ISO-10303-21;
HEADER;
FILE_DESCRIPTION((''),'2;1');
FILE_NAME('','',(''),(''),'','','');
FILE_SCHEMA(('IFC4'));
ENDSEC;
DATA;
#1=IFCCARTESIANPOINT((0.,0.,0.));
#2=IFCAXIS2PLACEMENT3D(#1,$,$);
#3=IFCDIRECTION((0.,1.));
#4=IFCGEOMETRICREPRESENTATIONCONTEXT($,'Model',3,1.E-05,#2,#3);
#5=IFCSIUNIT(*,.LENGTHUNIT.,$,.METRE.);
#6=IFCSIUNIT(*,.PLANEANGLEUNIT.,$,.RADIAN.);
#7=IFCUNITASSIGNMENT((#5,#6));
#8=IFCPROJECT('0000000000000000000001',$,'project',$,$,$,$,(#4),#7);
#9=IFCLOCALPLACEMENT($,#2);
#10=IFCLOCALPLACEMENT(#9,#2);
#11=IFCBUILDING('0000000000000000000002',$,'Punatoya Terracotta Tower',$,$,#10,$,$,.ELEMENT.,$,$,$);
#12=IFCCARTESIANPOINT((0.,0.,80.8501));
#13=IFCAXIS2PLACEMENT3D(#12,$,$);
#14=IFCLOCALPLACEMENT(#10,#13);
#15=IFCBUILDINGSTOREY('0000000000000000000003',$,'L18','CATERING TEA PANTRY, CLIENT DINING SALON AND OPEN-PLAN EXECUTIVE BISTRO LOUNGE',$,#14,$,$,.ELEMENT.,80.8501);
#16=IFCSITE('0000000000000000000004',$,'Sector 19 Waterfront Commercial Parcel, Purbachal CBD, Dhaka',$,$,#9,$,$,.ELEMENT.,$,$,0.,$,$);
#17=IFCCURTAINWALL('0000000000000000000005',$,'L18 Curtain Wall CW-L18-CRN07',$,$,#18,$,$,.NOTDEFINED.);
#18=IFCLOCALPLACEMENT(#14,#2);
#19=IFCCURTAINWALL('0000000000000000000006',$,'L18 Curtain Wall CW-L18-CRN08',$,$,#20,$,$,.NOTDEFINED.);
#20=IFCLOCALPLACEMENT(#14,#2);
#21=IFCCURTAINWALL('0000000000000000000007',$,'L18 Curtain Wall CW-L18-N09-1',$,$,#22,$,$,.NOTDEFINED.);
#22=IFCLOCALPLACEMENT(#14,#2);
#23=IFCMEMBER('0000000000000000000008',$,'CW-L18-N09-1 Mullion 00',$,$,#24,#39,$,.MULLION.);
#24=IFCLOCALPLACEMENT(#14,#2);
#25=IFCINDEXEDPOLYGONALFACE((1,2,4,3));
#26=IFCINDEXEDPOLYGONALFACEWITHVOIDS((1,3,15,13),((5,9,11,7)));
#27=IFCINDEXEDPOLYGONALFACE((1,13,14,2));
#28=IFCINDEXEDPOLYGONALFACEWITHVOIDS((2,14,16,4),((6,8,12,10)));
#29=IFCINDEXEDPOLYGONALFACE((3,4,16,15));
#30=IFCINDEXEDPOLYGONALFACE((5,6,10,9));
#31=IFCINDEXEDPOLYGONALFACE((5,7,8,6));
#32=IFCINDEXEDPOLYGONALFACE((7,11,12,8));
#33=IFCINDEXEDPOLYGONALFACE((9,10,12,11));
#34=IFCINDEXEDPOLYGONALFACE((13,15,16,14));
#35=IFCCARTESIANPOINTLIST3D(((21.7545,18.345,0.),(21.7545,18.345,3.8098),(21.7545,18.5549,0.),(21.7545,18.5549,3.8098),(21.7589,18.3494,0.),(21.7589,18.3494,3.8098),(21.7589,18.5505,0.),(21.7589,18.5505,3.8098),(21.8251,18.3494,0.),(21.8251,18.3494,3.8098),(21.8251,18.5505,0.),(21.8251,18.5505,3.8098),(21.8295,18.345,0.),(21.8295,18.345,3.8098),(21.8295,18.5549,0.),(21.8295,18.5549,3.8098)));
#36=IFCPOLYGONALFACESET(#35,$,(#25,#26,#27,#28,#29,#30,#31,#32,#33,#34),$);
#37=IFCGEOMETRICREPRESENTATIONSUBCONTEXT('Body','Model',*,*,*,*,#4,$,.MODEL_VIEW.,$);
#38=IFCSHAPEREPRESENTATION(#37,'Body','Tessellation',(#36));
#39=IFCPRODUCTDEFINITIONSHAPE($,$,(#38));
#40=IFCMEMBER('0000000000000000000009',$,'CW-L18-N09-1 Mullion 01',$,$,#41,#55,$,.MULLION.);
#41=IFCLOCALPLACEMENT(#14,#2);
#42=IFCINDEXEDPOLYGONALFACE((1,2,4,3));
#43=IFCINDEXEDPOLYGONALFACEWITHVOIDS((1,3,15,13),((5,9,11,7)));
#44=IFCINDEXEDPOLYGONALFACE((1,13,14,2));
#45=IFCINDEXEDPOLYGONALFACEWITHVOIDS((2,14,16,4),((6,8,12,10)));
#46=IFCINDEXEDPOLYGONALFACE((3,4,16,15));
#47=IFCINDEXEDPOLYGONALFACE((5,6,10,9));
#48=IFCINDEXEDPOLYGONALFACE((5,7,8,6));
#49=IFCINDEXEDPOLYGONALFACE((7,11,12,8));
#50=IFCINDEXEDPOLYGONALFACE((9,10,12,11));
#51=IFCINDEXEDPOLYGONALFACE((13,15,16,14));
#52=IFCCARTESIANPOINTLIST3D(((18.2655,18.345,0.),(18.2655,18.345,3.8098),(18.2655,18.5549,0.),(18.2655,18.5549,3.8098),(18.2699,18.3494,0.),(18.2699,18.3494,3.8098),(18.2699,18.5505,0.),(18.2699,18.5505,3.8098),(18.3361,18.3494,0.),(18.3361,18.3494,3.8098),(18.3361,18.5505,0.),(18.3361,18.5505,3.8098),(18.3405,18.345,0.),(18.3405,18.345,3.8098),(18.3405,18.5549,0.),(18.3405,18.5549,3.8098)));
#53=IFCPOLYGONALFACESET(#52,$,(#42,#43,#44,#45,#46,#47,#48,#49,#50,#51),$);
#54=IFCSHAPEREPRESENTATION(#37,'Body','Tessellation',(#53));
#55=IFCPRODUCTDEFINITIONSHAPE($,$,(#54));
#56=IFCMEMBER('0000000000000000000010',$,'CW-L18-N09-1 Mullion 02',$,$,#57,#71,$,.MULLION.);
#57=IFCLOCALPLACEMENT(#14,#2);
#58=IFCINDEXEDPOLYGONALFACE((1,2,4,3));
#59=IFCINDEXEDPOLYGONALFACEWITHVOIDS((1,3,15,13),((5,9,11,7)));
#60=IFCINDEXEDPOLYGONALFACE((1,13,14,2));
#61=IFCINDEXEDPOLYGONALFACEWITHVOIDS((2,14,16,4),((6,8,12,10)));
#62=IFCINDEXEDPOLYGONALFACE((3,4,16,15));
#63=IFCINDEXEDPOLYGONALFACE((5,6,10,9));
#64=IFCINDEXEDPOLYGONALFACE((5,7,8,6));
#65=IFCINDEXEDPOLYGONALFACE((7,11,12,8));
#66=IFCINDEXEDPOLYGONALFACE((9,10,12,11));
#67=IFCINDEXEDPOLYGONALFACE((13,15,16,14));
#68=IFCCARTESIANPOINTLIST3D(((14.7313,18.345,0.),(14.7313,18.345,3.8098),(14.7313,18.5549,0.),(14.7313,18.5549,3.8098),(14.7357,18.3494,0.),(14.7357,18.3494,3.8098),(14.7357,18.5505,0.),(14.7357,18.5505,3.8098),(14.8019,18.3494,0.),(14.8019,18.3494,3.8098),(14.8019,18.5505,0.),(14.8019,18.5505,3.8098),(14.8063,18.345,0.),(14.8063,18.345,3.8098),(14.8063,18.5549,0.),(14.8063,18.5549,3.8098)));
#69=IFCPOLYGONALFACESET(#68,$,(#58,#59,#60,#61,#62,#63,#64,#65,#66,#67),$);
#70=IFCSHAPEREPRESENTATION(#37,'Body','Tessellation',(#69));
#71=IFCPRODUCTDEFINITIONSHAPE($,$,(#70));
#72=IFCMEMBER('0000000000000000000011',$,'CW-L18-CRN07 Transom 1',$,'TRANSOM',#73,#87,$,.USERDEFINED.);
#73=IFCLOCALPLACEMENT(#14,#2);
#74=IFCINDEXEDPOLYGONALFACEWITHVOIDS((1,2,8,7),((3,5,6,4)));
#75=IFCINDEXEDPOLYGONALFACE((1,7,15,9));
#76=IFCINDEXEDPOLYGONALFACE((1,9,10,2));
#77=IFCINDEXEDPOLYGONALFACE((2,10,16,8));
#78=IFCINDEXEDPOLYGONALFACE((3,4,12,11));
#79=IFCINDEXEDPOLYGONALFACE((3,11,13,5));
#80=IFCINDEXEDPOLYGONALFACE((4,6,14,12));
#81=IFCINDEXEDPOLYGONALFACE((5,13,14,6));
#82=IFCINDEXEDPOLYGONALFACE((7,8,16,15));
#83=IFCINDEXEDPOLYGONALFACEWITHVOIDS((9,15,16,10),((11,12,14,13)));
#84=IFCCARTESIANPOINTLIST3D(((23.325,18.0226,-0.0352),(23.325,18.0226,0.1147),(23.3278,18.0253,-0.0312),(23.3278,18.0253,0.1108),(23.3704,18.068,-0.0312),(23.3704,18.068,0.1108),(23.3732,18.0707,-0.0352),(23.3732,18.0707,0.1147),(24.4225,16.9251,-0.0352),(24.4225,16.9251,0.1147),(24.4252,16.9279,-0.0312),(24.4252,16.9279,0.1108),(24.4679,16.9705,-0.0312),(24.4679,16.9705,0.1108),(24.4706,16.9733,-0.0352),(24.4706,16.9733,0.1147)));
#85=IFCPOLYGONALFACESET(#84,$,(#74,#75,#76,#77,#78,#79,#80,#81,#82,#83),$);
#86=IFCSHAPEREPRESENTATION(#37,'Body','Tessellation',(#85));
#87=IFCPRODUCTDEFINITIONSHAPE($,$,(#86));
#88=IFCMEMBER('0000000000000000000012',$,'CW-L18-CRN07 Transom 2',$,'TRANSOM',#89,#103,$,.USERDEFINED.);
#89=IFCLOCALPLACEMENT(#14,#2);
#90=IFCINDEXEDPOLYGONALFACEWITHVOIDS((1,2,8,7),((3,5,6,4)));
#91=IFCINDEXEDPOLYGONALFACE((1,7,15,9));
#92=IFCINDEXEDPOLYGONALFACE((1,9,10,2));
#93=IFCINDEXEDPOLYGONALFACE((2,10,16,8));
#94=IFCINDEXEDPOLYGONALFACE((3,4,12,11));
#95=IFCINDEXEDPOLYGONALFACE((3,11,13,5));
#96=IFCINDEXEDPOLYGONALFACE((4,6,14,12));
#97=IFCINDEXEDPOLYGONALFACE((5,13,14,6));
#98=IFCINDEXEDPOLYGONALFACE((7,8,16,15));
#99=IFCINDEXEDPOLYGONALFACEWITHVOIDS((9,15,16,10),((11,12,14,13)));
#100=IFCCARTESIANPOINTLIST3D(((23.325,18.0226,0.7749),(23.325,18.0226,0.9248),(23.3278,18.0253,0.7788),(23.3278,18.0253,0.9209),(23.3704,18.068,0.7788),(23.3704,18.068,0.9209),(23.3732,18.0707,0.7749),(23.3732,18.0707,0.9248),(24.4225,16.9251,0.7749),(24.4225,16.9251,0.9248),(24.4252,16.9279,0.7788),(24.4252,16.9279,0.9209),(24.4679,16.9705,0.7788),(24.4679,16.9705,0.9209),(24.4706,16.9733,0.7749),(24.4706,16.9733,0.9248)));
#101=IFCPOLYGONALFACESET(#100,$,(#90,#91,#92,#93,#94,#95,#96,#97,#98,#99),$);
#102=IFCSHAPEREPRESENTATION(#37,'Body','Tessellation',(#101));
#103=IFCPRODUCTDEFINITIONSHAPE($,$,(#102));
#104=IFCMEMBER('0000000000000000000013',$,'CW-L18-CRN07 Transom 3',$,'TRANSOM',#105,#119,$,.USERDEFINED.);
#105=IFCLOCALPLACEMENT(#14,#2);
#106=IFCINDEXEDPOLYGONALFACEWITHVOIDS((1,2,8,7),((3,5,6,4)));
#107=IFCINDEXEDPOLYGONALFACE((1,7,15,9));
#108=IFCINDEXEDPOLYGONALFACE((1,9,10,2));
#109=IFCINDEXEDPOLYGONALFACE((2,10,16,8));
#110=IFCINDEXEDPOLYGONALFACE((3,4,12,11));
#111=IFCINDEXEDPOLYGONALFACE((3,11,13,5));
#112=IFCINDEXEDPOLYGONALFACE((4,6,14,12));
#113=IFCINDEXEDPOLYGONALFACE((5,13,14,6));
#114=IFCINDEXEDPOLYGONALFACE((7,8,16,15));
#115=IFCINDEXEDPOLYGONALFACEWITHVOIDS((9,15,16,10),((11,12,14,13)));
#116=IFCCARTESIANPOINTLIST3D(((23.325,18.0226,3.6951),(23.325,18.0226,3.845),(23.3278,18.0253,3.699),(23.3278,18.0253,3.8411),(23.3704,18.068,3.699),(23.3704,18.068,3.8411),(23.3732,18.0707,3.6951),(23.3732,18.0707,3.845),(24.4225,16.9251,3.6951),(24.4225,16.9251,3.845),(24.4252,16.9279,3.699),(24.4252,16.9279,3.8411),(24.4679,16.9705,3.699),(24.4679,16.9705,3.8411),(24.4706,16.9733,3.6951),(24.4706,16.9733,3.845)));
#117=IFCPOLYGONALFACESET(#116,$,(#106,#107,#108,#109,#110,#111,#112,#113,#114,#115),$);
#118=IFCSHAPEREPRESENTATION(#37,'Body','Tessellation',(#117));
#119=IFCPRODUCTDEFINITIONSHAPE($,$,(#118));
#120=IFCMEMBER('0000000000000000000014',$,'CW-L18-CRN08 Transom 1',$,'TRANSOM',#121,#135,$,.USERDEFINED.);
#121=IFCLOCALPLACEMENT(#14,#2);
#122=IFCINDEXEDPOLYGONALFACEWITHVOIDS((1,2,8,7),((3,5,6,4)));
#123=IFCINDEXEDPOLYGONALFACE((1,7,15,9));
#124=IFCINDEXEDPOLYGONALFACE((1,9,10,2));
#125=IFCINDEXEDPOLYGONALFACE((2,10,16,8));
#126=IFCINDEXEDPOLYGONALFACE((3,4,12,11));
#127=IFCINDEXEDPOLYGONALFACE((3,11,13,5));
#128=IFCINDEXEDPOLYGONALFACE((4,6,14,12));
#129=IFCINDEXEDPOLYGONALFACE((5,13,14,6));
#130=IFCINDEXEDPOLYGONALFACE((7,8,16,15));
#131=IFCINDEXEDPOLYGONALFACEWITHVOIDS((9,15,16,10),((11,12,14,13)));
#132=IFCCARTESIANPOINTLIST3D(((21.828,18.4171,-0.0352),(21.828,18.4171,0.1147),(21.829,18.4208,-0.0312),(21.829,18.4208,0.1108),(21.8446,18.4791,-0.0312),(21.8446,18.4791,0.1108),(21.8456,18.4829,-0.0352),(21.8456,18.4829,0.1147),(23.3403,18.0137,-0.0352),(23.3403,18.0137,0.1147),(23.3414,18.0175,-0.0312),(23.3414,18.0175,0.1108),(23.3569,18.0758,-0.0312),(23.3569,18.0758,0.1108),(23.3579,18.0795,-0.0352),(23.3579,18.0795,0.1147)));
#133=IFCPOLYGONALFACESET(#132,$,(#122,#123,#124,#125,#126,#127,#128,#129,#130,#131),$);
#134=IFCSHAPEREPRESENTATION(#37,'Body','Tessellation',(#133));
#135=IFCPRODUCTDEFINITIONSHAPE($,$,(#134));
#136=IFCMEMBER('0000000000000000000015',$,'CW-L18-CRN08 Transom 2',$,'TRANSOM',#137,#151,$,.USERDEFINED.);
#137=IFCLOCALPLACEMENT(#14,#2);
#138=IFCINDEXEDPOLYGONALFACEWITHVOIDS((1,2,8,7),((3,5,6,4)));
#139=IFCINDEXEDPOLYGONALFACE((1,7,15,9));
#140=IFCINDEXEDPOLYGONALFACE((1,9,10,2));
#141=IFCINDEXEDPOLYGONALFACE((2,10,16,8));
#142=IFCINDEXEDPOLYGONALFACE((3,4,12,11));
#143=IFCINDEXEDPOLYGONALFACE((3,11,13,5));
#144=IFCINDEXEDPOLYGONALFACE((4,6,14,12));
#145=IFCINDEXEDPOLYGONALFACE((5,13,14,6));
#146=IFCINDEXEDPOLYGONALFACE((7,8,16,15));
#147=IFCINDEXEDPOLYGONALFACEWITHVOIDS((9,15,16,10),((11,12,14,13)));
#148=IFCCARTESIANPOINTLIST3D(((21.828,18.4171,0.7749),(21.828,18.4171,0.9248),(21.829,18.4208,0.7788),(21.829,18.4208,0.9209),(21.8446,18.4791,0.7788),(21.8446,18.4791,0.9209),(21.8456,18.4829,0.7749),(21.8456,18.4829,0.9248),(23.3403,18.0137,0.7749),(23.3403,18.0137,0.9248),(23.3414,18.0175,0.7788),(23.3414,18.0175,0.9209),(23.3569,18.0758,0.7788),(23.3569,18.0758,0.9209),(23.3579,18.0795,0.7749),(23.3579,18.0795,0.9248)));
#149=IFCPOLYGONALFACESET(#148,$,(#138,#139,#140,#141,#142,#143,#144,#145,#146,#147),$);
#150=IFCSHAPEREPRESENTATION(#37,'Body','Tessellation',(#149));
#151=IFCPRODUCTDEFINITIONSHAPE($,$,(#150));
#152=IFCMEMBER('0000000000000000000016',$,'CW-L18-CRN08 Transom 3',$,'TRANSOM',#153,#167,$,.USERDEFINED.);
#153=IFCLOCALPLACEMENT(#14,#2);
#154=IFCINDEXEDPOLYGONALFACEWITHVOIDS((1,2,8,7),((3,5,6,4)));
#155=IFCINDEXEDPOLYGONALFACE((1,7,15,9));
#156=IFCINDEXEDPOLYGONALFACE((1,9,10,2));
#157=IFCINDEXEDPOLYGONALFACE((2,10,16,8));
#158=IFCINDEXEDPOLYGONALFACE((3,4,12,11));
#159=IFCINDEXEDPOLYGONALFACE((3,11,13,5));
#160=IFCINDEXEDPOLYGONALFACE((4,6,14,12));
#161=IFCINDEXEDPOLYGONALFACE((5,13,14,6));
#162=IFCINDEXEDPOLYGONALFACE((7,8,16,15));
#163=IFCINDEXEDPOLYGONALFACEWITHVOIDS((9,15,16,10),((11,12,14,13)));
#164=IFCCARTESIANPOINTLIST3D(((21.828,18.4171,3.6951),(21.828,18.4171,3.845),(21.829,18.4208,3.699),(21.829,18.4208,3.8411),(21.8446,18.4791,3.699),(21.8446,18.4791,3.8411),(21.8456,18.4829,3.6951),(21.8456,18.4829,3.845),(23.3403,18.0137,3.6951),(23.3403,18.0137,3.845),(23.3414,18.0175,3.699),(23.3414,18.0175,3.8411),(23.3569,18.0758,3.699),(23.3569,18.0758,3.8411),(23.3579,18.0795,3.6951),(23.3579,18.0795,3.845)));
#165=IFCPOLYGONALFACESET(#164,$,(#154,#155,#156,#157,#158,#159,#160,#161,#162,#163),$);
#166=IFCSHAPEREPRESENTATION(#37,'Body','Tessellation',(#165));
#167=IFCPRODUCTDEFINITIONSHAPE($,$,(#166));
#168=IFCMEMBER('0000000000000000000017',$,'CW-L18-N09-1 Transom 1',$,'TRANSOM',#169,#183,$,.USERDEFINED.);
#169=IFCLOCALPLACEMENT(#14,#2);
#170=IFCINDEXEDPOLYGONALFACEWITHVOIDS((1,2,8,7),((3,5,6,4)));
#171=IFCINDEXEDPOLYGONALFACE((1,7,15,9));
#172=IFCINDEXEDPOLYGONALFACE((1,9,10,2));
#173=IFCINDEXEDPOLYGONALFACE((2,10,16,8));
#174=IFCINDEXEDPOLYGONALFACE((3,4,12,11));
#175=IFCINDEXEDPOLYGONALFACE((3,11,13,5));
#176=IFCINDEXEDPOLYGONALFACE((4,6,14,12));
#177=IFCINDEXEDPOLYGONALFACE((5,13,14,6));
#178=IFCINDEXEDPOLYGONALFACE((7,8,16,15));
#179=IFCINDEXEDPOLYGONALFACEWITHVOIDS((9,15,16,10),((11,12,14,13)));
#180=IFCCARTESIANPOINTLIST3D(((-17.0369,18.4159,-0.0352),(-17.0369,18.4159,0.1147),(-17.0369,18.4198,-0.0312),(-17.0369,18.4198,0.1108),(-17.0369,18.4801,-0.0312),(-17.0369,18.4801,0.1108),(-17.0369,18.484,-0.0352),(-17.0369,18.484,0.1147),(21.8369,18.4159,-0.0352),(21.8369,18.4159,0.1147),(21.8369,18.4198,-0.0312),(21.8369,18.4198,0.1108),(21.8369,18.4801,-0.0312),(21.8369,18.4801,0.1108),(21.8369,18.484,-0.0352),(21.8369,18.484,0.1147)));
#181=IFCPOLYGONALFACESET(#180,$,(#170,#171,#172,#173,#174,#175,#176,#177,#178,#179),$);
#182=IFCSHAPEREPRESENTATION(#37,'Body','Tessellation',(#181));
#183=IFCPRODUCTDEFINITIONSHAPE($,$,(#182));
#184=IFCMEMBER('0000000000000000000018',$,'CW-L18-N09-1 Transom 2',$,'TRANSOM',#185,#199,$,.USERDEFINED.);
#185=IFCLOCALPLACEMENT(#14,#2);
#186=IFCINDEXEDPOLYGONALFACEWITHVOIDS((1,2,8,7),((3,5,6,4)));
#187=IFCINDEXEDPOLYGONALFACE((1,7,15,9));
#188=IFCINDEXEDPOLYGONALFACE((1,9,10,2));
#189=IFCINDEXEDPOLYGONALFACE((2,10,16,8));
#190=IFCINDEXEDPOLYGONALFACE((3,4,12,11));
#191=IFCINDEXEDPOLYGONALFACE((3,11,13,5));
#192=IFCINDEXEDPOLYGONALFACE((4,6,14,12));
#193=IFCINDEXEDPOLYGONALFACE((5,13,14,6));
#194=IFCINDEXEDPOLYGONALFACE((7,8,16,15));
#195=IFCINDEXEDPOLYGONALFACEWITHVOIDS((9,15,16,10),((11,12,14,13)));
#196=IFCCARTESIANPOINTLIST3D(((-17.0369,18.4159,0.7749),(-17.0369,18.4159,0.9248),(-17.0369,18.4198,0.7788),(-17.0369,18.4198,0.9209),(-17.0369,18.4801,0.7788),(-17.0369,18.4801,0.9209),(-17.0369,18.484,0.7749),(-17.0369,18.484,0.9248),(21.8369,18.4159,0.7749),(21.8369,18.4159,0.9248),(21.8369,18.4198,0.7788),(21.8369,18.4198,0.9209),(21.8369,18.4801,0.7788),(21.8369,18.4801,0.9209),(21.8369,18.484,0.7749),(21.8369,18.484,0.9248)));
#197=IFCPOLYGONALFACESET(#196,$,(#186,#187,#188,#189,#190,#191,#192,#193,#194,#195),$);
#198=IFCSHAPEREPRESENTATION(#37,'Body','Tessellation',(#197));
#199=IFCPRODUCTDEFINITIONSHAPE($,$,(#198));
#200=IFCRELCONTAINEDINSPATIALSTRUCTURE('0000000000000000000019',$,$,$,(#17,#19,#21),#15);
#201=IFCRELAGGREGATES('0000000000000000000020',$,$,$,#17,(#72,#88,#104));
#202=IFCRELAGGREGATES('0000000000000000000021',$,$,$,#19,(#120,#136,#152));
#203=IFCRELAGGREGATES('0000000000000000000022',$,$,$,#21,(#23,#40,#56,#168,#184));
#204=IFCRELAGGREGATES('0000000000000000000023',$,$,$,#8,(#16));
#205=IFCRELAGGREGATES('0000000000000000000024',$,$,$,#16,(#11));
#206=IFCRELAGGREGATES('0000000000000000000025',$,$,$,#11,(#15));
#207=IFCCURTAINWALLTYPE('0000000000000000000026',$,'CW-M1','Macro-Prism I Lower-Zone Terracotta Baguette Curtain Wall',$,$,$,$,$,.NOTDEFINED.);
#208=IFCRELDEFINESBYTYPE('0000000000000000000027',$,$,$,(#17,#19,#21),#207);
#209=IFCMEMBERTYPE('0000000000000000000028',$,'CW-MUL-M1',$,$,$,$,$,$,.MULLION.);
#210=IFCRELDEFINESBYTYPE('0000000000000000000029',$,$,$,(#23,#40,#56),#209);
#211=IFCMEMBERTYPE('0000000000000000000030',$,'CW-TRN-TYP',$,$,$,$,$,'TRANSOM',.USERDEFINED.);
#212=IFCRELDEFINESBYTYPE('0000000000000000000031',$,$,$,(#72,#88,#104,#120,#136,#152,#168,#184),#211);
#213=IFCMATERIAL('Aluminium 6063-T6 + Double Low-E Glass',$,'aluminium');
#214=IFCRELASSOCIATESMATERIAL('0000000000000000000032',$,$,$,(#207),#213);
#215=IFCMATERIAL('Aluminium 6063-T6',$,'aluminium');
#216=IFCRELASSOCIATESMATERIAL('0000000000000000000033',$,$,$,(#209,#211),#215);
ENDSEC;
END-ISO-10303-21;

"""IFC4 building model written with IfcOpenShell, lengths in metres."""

from ifc_helpers import new_model, si_unit, direction, frame, origin, origin_2d, place, context, subcontext, project, spatial, hollow_rectangle, extrude, material, material_profile, profile_set, type_object, element, aggregate, save


model = new_model("IFC4")

# Units and contexts
model_context = context("Model", 3, precision=1e-05, world=origin(), true_north=direction((0.0, 1.0)))
body_context = subcontext(model_context, "Body", "Model", "MODEL_VIEW")
ifc_project = project(units=[si_unit("LENGTHUNIT", "METRE"), si_unit("PLANEANGLEUNIT", "RADIAN")], contexts=[model_context])

# Site, building, storey
site_placement = place(None, origin())
site = spatial("IfcSite", under=ifc_project, at=site_placement, Name="Sector 19 Waterfront Commercial Parcel, Purbachal CBD, Dhaka", CompositionType="ELEMENT", RefElevation=0.0)
building_placement = place(site_placement, origin())
building = spatial("IfcBuilding", under=site, at=building_placement, Name="Punatoya Terracotta Tower", CompositionType="ELEMENT")
storey_placement = place(building_placement, frame((0.0, 0.0, 80.8501)))
storey = spatial("IfcBuildingStorey", under=building, at=storey_placement, Name="L18", Description="CATERING TEA PANTRY, CLIENT DINING SALON AND OPEN-PLAN EXECUTIVE BISTRO LOUNGE", CompositionType="ELEMENT", Elevation=80.8501)

# Curtain walls, members
ifc_material_1 = material(Name="Aluminium 6063-T6 + Double Low-E Glass", Category="aluminium")
curtain_wall_type = type_object("IfcCurtainWallType", Name="CW-M1", Description="Macro-Prism I Lower-Zone Terracotta Baguette Curtain Wall", PredefinedType="NOTDEFINED", material=ifc_material_1)
curtain_wall_1_placement = place(storey_placement, origin())
curtain_wall_1 = element("IfcCurtainWall", 1, at=curtain_wall_1_placement, inside=storey, type_object=curtain_wall_type, Name="L18 Curtain Wall CW-L18-CRN07", PredefinedType="NOTDEFINED")
ifc_material_2 = material(Name="Aluminium 6063-T6", Category="aluminium")
ifc_material_profile_1 = material_profile(ifc_material_2, hollow_rectangle(XDim=0.075, YDim=0.21, WallThickness=0.0044, at=origin_2d()))
ifc_profile_set_1 = profile_set([ifc_material_profile_1], Name="Aluminium 6063-T6")
member_type_1 = type_object("IfcMemberType", Name="CW-MUL-M1", PredefinedType="MULLION", material=ifc_profile_set_1)
curtain_wall_2_placement = place(storey_placement, origin())
curtain_wall_2 = element("IfcCurtainWall", 2, at=curtain_wall_2_placement, inside=storey, type_object=curtain_wall_type, Name="L18 Curtain Wall CW-L18-CRN08", PredefinedType="NOTDEFINED")
curtain_wall_3_placement = place(storey_placement, origin())
curtain_wall_3 = element("IfcCurtainWall", 3, at=curtain_wall_3_placement, inside=storey, type_object=curtain_wall_type, Name="L18 Curtain Wall CW-L18-N09-1", PredefinedType="NOTDEFINED")
member_1_placement = place(storey_placement, frame((21.792, 18.45, 0.0), z_axis=(0.0, 0.0, 1.0), x_axis=(1.0, 0.0, 0.0)))
member_1 = element("IfcMember", 4, at=member_1_placement, type_object=member_type_1, Name="CW-L18-N09-1 Mullion 00", PredefinedType="MULLION", context=body_context, shape_type="SweptSolid", body=[
    extrude(hollow_rectangle(XDim=0.075, YDim=0.21, WallThickness=0.0044, at=origin_2d()), origin(), (0.0, 0.0, 1.0), 3.8098),
])
member_2_placement = place(storey_placement, frame((18.303, 18.45, 0.0), z_axis=(0.0, 0.0, 1.0), x_axis=(1.0, 0.0, 0.0)))
member_2 = element("IfcMember", 5, at=member_2_placement, type_object=member_type_1, Name="CW-L18-N09-1 Mullion 01", PredefinedType="MULLION", context=body_context, shape_type="SweptSolid", body=[
    extrude(hollow_rectangle(XDim=0.075, YDim=0.21, WallThickness=0.0044, at=origin_2d()), origin(), (0.0, 0.0, 1.0), 3.8098),
])
member_3_placement = place(storey_placement, frame((14.7688, 18.45, 0.0), z_axis=(0.0, 0.0, 1.0), x_axis=(1.0, 0.0, 0.0)))
member_3 = element("IfcMember", 6, at=member_3_placement, type_object=member_type_1, Name="CW-L18-N09-1 Mullion 02", PredefinedType="MULLION", context=body_context, shape_type="SweptSolid", body=[
    extrude(hollow_rectangle(XDim=0.075, YDim=0.21, WallThickness=0.0044, at=origin_2d()), origin(), (0.0, 0.0, 1.0), 3.8098),
])

# Members
ifc_material_profile_2 = material_profile(ifc_material_2, hollow_rectangle(XDim=0.0681, YDim=0.1499, WallThickness=0.0039, at=origin_2d()))
ifc_profile_set_2 = profile_set([ifc_material_profile_2], Name="Aluminium 6063-T6")
member_type_2 = type_object("IfcMemberType", Name="CW-TRN-TYP", ElementType="TRANSOM", PredefinedType="USERDEFINED", material=ifc_profile_set_2)
member_4_placement = place(storey_placement, frame((24.4465, 16.9492, 0.0398), z_axis=(-0.707107, 0.707107, 0.0), x_axis=(-0.707107, -0.707107, 0.0)))
member_4 = element("IfcMember", 7, at=member_4_placement, type_object=member_type_2, Name="CW-L18-CRN07 Transom 1", ObjectType="TRANSOM", PredefinedType="USERDEFINED", context=body_context, shape_type="SweptSolid", body=[
    extrude(hollow_rectangle(XDim=0.0681, YDim=0.1499, WallThickness=0.0039, at=origin_2d()), origin(), (0.0, 0.0, 1.0), 1.552),
])
member_5_placement = place(storey_placement, frame((24.4465, 16.9492, 0.8499), z_axis=(-0.707107, 0.707107, 0.0), x_axis=(-0.707107, -0.707107, 0.0)))
member_5 = element("IfcMember", 8, at=member_5_placement, type_object=member_type_2, Name="CW-L18-CRN07 Transom 2", ObjectType="TRANSOM", PredefinedType="USERDEFINED", context=body_context, shape_type="SweptSolid", body=[
    extrude(hollow_rectangle(XDim=0.0681, YDim=0.1499, WallThickness=0.0039, at=origin_2d()), origin(), (0.0, 0.0, 1.0), 1.552),
])
member_6_placement = place(storey_placement, frame((24.4465, 16.9492, 3.77), z_axis=(-0.707107, 0.707107, 0.0), x_axis=(-0.707107, -0.707107, 0.0)))
member_6 = element("IfcMember", 9, at=member_6_placement, type_object=member_type_2, Name="CW-L18-CRN07 Transom 3", ObjectType="TRANSOM", PredefinedType="USERDEFINED", context=body_context, shape_type="SweptSolid", body=[
    extrude(hollow_rectangle(XDim=0.0681, YDim=0.1499, WallThickness=0.0039, at=origin_2d()), origin(), (0.0, 0.0, 1.0), 1.552),
])
member_7_placement = place(storey_placement, frame((23.3491, 18.0466, 0.0398), z_axis=(-0.966225, 0.257701, 0.0), x_axis=(-0.257701, -0.966225, 0.0)))
member_7 = element("IfcMember", 10, at=member_7_placement, type_object=member_type_2, Name="CW-L18-CRN08 Transom 1", ObjectType="TRANSOM", PredefinedType="USERDEFINED", context=body_context, shape_type="SweptSolid", body=[
    extrude(hollow_rectangle(XDim=0.0681, YDim=0.1499, WallThickness=0.0039, at=origin_2d()), origin(), (0.0, 0.0, 1.0), 1.5652),
])
member_8_placement = place(storey_placement, frame((23.3491, 18.0466, 0.8499), z_axis=(-0.966225, 0.257701, 0.0), x_axis=(-0.257701, -0.966225, 0.0)))
member_8 = element("IfcMember", 11, at=member_8_placement, type_object=member_type_2, Name="CW-L18-CRN08 Transom 2", ObjectType="TRANSOM", PredefinedType="USERDEFINED", context=body_context, shape_type="SweptSolid", body=[
    extrude(hollow_rectangle(XDim=0.0681, YDim=0.1499, WallThickness=0.0039, at=origin_2d()), origin(), (0.0, 0.0, 1.0), 1.5652),
])
member_9_placement = place(storey_placement, frame((23.3491, 18.0466, 3.77), z_axis=(-0.966225, 0.257701, 0.0), x_axis=(-0.257701, -0.966225, 0.0)))
member_9 = element("IfcMember", 12, at=member_9_placement, type_object=member_type_2, Name="CW-L18-CRN08 Transom 3", ObjectType="TRANSOM", PredefinedType="USERDEFINED", context=body_context, shape_type="SweptSolid", body=[
    extrude(hollow_rectangle(XDim=0.0681, YDim=0.1499, WallThickness=0.0039, at=origin_2d()), origin(), (0.0, 0.0, 1.0), 1.5652),
])
member_10_placement = place(storey_placement, frame((21.8369, 18.45, 0.0398), z_axis=(-1.0, 0.0, 0.0), x_axis=(0.0, -1.0, 0.0)))
member_10 = element("IfcMember", 13, at=member_10_placement, type_object=member_type_2, Name="CW-L18-N09-1 Transom 1", ObjectType="TRANSOM", PredefinedType="USERDEFINED", context=body_context, shape_type="SweptSolid", body=[
    extrude(hollow_rectangle(XDim=0.0681, YDim=0.1499, WallThickness=0.0039, at=origin_2d()), origin(), (0.0, 0.0, 1.0), 38.8738),
])
member_11_placement = place(storey_placement, frame((21.8369, 18.45, 0.8499), z_axis=(-1.0, 0.0, 0.0), x_axis=(0.0, -1.0, 0.0)))
member_11 = element("IfcMember", 14, at=member_11_placement, type_object=member_type_2, Name="CW-L18-N09-1 Transom 2", ObjectType="TRANSOM", PredefinedType="USERDEFINED", context=body_context, shape_type="SweptSolid", body=[
    extrude(hollow_rectangle(XDim=0.0681, YDim=0.1499, WallThickness=0.0039, at=origin_2d()), origin(), (0.0, 0.0, 1.0), 38.8738),
])

aggregate(curtain_wall_1, [member_4, member_5, member_6])
aggregate(curtain_wall_2, [member_7, member_8, member_9])
aggregate(curtain_wall_3, [member_1, member_2, member_3, member_10, member_11])

save(model, "model.ifc")
